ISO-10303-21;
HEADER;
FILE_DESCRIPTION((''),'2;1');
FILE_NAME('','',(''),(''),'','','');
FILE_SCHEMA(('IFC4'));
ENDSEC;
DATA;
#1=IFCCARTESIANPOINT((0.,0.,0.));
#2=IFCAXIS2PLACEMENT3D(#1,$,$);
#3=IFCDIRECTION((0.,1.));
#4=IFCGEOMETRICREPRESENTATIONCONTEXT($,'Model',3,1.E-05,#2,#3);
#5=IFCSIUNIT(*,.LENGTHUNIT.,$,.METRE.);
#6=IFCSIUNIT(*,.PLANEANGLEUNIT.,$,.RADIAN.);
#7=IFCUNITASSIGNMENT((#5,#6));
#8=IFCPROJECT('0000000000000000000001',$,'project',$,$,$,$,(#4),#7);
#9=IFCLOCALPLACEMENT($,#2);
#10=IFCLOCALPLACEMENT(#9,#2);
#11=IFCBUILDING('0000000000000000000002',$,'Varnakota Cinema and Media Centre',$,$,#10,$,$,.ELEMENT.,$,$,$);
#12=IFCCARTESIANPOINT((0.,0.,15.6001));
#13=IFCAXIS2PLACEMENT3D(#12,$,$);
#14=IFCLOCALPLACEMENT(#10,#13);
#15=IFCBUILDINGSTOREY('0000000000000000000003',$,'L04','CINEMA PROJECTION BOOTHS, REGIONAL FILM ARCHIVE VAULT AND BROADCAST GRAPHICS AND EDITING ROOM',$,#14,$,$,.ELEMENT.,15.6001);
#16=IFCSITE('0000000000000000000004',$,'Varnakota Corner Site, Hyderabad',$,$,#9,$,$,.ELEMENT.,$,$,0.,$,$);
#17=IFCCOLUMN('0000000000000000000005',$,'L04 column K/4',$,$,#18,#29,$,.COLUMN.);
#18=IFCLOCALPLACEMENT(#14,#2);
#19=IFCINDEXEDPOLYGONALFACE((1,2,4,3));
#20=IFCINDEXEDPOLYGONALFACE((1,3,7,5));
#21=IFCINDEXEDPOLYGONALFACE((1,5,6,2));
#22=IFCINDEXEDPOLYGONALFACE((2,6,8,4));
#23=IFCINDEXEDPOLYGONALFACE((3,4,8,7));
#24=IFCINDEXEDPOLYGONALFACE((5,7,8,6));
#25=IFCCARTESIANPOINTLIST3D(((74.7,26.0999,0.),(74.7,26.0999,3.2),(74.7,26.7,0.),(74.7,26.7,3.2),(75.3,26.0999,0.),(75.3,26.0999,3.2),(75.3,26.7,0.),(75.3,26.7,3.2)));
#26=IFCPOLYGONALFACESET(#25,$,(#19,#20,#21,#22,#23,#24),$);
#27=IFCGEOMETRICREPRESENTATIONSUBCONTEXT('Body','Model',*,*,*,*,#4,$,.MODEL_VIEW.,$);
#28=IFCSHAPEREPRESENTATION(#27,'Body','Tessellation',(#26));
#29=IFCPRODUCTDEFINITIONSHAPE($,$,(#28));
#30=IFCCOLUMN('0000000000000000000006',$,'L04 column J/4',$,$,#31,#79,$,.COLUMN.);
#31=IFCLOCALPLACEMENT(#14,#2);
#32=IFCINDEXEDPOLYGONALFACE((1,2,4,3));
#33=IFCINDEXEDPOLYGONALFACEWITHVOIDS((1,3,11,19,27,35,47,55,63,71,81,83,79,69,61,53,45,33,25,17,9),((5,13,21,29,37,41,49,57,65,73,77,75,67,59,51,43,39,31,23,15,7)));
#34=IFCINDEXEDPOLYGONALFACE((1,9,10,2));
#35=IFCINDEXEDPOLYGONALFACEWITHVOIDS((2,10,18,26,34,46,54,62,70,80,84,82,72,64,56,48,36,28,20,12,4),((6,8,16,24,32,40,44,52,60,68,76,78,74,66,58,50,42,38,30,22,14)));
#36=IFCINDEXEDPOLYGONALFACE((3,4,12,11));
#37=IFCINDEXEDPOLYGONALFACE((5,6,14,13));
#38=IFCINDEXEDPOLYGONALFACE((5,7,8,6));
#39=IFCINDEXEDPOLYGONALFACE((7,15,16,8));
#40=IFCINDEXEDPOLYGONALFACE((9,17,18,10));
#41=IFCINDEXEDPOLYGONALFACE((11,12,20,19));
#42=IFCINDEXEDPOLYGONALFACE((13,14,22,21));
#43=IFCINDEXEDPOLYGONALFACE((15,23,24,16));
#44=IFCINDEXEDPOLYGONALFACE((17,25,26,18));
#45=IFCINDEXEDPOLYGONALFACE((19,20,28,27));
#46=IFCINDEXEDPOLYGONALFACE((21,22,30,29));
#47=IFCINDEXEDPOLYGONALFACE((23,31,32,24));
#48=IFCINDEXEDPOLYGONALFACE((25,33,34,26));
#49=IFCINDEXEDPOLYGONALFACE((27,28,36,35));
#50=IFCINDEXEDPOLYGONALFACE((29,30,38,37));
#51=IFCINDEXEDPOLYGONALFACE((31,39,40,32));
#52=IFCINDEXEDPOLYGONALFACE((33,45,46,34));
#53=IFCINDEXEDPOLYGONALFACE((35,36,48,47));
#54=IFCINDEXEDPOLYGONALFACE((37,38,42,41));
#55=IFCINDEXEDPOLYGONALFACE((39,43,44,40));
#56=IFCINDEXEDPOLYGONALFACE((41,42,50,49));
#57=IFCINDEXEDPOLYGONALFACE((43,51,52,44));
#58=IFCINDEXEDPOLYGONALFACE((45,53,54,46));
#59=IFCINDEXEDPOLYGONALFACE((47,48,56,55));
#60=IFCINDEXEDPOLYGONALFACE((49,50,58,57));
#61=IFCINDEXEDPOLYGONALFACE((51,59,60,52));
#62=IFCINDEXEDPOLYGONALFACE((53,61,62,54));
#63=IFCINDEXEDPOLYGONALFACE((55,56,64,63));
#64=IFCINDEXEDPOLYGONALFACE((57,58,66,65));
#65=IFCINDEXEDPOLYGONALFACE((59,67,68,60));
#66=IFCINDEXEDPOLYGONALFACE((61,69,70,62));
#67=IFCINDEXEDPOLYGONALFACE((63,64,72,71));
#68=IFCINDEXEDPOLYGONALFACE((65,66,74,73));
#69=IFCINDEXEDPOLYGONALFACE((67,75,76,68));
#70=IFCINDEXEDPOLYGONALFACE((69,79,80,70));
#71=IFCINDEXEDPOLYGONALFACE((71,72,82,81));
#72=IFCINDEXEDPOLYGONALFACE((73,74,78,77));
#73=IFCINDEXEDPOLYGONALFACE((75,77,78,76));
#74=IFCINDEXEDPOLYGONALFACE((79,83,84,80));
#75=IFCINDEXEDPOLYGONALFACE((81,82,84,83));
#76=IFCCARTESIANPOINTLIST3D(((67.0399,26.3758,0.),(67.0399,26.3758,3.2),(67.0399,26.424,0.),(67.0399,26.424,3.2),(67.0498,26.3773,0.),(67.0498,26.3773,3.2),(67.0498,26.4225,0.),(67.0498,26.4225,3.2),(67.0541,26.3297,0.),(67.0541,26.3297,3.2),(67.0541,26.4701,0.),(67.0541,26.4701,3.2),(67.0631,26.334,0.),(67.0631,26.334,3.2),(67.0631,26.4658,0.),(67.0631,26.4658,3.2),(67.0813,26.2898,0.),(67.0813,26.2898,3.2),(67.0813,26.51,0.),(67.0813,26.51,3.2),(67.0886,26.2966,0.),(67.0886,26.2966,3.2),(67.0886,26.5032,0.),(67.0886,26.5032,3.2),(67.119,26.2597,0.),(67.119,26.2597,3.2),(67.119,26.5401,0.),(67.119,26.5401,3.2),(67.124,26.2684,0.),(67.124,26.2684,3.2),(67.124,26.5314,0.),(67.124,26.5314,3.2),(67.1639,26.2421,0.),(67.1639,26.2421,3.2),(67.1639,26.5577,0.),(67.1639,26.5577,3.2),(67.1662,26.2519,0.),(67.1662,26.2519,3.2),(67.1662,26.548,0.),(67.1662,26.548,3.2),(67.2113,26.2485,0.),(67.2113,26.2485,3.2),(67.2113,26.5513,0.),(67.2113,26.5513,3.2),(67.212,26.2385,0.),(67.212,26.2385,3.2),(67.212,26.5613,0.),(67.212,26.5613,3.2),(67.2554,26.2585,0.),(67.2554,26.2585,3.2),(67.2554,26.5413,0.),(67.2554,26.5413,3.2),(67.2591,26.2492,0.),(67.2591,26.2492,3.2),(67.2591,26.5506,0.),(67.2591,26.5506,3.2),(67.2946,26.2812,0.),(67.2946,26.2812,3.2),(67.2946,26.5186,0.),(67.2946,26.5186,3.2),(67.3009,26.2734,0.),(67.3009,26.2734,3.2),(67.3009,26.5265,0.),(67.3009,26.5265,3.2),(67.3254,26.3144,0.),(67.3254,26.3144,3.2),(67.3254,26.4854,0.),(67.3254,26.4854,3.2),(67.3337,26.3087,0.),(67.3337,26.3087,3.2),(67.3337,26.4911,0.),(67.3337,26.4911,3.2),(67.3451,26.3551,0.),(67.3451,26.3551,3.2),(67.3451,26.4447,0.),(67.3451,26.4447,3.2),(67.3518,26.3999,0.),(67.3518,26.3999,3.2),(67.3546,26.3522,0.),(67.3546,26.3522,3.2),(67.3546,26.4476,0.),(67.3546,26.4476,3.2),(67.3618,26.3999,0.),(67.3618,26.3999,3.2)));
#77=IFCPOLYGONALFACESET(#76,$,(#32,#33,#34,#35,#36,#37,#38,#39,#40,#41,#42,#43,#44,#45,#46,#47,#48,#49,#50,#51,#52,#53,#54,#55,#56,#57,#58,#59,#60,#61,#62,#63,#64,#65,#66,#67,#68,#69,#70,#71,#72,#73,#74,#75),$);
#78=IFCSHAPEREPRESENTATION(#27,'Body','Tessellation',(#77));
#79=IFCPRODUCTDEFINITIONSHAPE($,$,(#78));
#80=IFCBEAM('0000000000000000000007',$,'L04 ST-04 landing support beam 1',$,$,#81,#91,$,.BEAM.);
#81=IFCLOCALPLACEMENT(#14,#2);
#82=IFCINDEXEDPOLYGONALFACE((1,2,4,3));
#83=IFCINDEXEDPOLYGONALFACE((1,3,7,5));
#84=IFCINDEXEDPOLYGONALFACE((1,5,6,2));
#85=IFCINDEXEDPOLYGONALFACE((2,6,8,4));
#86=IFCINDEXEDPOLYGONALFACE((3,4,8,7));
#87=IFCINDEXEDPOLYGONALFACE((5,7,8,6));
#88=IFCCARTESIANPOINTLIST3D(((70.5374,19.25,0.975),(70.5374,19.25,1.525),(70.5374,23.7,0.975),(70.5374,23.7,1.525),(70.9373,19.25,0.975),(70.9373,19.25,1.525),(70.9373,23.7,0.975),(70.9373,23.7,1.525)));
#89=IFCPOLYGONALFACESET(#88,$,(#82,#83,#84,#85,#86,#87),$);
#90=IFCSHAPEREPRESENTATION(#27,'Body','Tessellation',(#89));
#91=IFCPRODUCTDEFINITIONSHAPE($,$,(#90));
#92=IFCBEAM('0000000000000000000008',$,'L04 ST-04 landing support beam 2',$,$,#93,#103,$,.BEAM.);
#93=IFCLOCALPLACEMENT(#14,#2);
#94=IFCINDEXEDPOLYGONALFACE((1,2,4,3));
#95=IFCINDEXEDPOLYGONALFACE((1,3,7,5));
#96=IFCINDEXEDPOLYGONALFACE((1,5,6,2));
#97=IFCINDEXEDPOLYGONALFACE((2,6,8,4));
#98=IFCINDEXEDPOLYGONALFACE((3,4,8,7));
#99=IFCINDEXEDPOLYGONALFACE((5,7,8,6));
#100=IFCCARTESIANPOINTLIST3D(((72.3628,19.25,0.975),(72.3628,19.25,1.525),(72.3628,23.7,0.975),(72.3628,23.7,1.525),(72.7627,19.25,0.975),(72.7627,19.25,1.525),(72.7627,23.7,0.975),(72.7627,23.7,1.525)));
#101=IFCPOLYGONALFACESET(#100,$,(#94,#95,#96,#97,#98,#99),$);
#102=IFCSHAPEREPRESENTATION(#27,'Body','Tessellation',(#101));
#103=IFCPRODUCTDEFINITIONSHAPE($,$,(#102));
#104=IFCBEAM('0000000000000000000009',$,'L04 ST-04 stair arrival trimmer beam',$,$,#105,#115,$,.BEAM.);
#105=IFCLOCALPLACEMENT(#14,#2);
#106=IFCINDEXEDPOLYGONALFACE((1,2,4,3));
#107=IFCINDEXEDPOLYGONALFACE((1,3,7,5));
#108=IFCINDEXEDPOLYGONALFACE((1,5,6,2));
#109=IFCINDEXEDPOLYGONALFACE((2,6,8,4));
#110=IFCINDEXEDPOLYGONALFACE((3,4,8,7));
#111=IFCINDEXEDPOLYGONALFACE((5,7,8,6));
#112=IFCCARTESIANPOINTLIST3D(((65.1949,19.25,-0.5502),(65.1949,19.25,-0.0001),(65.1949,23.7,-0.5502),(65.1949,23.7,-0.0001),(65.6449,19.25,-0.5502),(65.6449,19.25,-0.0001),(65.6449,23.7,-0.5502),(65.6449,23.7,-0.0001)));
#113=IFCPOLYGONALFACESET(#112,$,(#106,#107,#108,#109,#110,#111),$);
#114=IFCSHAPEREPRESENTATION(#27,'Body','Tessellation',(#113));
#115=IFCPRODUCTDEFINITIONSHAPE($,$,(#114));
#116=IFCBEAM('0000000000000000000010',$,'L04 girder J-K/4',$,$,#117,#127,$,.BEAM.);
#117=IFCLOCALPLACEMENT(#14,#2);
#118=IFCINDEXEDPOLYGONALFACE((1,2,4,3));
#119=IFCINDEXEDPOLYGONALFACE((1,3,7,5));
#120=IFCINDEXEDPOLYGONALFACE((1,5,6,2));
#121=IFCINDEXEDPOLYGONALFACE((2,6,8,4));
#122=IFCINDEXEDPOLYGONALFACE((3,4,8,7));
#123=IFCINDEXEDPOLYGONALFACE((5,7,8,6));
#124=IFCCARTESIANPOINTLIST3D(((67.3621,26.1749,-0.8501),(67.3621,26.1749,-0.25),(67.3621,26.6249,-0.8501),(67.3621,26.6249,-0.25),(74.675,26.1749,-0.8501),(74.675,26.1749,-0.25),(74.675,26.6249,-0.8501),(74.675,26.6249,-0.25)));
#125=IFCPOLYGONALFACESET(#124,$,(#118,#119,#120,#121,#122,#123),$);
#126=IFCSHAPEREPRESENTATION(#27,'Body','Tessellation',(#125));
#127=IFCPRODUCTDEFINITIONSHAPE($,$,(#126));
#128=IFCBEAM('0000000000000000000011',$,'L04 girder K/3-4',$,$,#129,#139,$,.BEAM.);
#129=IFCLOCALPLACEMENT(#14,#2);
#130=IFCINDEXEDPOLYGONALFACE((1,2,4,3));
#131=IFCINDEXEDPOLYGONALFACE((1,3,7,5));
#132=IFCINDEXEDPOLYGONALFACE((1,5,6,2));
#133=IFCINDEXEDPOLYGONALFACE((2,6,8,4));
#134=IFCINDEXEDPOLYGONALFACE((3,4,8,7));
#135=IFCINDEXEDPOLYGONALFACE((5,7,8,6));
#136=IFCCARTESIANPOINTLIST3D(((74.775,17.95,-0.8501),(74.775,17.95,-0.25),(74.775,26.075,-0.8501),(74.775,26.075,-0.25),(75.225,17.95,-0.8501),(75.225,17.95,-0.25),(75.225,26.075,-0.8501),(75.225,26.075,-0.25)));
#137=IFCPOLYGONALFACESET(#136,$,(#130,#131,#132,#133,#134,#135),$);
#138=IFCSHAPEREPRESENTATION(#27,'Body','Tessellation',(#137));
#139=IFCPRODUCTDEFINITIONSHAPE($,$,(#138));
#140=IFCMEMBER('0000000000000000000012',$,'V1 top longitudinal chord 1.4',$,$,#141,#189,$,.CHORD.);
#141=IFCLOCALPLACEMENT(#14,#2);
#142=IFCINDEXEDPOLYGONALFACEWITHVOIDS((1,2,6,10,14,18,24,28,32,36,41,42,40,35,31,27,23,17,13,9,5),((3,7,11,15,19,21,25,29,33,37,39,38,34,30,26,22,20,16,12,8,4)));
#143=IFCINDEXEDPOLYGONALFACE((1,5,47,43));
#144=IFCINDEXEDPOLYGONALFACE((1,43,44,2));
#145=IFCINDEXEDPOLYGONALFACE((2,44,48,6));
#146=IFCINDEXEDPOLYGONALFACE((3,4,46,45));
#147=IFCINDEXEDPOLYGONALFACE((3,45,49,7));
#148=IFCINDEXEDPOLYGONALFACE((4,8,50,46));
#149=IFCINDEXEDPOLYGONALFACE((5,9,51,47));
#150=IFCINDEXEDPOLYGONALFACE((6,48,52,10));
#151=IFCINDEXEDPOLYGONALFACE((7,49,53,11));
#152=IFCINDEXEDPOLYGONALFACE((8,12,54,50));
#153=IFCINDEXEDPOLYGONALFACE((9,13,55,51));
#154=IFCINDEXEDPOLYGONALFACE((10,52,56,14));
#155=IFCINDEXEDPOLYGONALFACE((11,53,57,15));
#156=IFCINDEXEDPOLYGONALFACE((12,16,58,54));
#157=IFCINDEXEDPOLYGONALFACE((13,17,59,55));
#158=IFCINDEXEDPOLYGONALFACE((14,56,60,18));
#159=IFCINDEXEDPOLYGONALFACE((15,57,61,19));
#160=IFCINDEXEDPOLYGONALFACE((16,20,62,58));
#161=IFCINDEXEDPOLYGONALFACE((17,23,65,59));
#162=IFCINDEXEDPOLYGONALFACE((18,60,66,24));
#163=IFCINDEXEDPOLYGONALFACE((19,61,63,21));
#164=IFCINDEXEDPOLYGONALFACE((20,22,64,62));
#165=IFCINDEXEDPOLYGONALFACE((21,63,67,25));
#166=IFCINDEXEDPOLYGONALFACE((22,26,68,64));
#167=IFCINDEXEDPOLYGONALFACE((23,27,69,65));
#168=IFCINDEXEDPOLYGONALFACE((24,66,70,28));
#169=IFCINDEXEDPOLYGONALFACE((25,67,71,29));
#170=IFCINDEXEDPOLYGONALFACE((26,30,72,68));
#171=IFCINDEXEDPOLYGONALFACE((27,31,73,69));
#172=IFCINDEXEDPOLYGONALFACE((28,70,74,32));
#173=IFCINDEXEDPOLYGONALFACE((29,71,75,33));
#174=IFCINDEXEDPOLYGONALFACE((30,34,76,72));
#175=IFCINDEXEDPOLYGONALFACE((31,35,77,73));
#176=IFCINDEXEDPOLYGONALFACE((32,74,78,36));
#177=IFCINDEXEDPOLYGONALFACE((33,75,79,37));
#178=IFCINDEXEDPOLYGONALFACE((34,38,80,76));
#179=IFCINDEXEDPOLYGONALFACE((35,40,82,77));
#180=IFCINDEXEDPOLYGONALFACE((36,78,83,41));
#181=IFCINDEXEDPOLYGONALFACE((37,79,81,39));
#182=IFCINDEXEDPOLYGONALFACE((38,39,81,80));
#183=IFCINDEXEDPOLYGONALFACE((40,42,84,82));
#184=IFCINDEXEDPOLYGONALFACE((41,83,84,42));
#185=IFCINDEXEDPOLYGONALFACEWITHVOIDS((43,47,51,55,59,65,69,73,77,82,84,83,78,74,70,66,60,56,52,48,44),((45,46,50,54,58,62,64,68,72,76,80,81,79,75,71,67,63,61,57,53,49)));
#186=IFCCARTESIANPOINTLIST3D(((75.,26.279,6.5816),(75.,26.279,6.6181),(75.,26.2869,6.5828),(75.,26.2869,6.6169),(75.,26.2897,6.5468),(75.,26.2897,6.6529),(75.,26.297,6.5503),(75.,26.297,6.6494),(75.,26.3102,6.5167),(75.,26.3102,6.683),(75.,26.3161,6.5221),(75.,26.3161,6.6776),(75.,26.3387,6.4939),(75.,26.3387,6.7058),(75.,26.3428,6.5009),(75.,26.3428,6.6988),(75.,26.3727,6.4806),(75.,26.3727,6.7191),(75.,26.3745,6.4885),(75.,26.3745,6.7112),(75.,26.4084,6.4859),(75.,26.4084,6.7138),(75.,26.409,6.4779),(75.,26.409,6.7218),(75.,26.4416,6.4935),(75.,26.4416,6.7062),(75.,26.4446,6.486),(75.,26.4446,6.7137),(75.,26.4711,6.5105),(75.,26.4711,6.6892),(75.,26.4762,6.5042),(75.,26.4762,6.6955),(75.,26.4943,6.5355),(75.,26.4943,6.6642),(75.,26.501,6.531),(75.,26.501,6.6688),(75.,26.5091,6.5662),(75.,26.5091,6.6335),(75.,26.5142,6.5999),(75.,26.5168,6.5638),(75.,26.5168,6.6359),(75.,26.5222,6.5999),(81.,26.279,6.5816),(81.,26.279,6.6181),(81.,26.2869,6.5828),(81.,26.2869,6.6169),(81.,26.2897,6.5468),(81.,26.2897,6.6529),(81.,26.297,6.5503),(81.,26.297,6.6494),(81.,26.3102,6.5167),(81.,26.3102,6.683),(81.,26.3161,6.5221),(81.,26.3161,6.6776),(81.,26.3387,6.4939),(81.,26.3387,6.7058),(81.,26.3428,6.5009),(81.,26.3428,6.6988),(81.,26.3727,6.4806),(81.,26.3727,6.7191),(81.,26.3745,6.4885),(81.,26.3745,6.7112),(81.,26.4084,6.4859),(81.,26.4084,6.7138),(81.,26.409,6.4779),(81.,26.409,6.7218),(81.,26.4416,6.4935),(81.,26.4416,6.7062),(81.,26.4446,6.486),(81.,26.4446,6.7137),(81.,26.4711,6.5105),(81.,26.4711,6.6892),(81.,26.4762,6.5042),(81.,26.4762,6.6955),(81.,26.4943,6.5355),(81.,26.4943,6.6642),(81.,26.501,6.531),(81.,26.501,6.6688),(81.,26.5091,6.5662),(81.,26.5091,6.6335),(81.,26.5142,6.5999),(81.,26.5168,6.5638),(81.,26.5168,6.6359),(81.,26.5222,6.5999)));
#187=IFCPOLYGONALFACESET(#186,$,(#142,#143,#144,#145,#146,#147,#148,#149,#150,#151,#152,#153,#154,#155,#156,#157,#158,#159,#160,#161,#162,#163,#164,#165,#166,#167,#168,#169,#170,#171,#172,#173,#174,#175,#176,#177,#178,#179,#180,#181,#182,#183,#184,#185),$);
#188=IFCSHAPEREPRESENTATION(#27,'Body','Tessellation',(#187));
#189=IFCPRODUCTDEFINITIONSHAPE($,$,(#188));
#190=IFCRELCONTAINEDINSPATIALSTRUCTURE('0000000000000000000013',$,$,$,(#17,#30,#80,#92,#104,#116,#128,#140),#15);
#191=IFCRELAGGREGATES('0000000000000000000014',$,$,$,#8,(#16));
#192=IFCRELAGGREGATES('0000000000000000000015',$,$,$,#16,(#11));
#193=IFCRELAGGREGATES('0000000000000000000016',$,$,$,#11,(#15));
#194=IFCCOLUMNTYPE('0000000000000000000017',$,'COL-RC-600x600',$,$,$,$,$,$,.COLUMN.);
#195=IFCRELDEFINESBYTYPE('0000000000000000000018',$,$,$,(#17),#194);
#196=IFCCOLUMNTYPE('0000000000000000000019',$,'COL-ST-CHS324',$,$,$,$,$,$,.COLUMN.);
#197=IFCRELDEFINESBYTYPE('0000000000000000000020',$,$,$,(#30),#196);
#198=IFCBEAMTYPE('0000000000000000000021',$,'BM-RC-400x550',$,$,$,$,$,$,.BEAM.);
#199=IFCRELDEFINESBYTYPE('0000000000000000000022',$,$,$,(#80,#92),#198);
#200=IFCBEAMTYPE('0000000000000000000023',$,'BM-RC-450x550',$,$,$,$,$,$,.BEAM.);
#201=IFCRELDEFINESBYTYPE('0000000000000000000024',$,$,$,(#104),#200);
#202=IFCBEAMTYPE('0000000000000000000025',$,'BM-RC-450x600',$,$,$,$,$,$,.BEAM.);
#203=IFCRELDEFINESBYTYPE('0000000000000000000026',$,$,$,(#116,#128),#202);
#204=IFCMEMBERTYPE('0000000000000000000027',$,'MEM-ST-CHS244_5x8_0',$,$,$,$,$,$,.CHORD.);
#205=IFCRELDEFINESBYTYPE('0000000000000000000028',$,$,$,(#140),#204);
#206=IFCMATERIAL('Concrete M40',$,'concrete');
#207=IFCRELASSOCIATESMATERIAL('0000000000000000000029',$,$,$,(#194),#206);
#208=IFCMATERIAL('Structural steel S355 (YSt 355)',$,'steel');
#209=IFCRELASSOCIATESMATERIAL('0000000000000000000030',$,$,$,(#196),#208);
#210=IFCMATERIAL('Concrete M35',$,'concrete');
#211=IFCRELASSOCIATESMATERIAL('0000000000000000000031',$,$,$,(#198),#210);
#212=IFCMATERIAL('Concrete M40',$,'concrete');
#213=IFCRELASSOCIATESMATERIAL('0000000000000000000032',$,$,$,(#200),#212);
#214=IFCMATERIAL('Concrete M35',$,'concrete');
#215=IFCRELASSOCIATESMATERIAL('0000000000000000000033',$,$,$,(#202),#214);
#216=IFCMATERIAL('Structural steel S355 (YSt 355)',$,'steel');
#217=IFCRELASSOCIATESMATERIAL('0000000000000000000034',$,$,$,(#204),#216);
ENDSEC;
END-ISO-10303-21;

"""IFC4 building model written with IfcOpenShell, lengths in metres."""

from ifc_helpers import new_model, si_unit, direction, frame, origin, origin_2d, place, context, subcontext, project, spatial, rectangle, hollow_circle, extrude, material, material_profile, profile_set, type_object, element, save


model = new_model("IFC4")

# Units and contexts
model_context = context("Model", 3, precision=1e-05, world=origin(), true_north=direction((0.0, 1.0)))
body_context = subcontext(model_context, "Body", "Model", "MODEL_VIEW")
ifc_project = project(units=[si_unit("LENGTHUNIT", "METRE"), si_unit("PLANEANGLEUNIT", "RADIAN")], contexts=[model_context])

# Site, building, storey
site_placement = place(None, origin())
site = spatial("IfcSite", under=ifc_project, at=site_placement, Name="Varnakota Corner Site, Hyderabad", CompositionType="ELEMENT", RefElevation=0.0)
building_placement = place(site_placement, origin())
building = spatial("IfcBuilding", under=site, at=building_placement, Name="Varnakota Cinema and Media Centre", CompositionType="ELEMENT")
storey_placement = place(building_placement, frame((0.0, 0.0, 15.6001)))
storey = spatial("IfcBuildingStorey", under=building, at=storey_placement, Name="L04", Description="CINEMA PROJECTION BOOTHS, REGIONAL FILM ARCHIVE VAULT AND BROADCAST GRAPHICS AND EDITING ROOM", CompositionType="ELEMENT", Elevation=15.6001)

# Columns
ifc_material_1 = material(Name="Concrete M40", Category="concrete")
ifc_material_profile_1 = material_profile(ifc_material_1, rectangle(XDim=0.6001, YDim=0.6001, at=origin_2d()), Name="RC 600x600")
ifc_profile_set_1 = profile_set([ifc_material_profile_1], Name="Concrete M40")
column_type_1 = type_object("IfcColumnType", Name="COL-RC-600x600", PredefinedType="COLUMN", material=ifc_profile_set_1)
column_1_placement = place(storey_placement, frame((75.0, 26.3999, 0.0), z_axis=(0.0, 0.0, 1.0), x_axis=(1.0, 0.0, 0.0)))
element("IfcColumn", 1, at=column_1_placement, inside=storey, type_object=column_type_1, Name="L04 column K/4", PredefinedType="COLUMN", context=body_context, shape_type="SweptSolid", body=[
    extrude(rectangle(XDim=0.6001, YDim=0.6001, at=origin_2d()), origin(), (0.0, 0.0, 1.0), 3.2),
])
ifc_material_2 = material(Name="Structural steel S355 (YSt 355)", Category="steel")
ifc_material_profile_2 = material_profile(ifc_material_2, hollow_circle(Radius=0.1619, WallThickness=0.01, at=origin_2d()), Name="CHS 323.9x10.0")
ifc_profile_set_2 = profile_set([ifc_material_profile_2], Name="Structural steel S355 (YSt 355)")
column_type_2 = type_object("IfcColumnType", Name="COL-ST-CHS324", PredefinedType="COLUMN", material=ifc_profile_set_2)
column_2_placement = place(storey_placement, frame((67.2, 26.3999, 0.0), z_axis=(0.0, 0.0, 1.0), x_axis=(1.0, 0.0, 0.0)))
element("IfcColumn", 2, at=column_2_placement, inside=storey, type_object=column_type_2, Name="L04 column J/4", PredefinedType="COLUMN", context=body_context, shape_type="SweptSolid", body=[
    extrude(hollow_circle(Radius=0.1619, WallThickness=0.01, at=origin_2d()), origin(), (0.0, 0.0, 1.0), 3.2),
])

# Beams
ifc_material_3 = material(Name="Concrete M35", Category="concrete")
ifc_material_profile_3 = material_profile(ifc_material_3, rectangle(XDim=0.3999, YDim=0.55, at=origin_2d()), Name="RCB 400x550")
ifc_profile_set_3 = profile_set([ifc_material_profile_3], Name="Concrete M35")
beam_type_1 = type_object("IfcBeamType", Name="BM-RC-400x550", PredefinedType="BEAM", material=ifc_profile_set_3)
for number, where, z_axis, x_axis, name in (
    (3, (70.7373, 19.25, 1.25), (0.0, 1.0, 0.0), (-1.0, 0.0, 0.0), "L04 ST-04 landing support beam 1"),
    (4, (72.5627, 19.25, 1.25), (0.0, 1.0, 0.0), (-1.0, 0.0, 0.0), "L04 ST-04 landing support beam 2"),
):
    element("IfcBeam", number, at=place(storey_placement, frame(where, z_axis=z_axis, x_axis=x_axis)), inside=storey, type_object=beam_type_1, Name=name, PredefinedType="BEAM", context=body_context, shape_type="SweptSolid", body=[
        extrude(rectangle(XDim=0.3999, YDim=0.55, at=origin_2d()), origin(), (0.0, 0.0, 1.0), 4.45),
    ])
ifc_material_4 = material(Name="Concrete M40", Category="concrete")
ifc_material_profile_4 = material_profile(ifc_material_4, rectangle(XDim=0.45, YDim=0.55, at=origin_2d()), Name="RCB 450x550")
ifc_profile_set_4 = profile_set([ifc_material_profile_4], Name="Concrete M40")
beam_type_2 = type_object("IfcBeamType", Name="BM-RC-450x550", PredefinedType="BEAM", material=ifc_profile_set_4)
beam_1_placement = place(storey_placement, frame((65.4199, 19.25, -0.2751), z_axis=(0.0, 1.0, 0.0), x_axis=(-1.0, 0.0, 0.0)))
element("IfcBeam", 5, at=beam_1_placement, inside=storey, type_object=beam_type_2, Name="L04 ST-04 stair arrival trimmer beam", PredefinedType="BEAM", context=body_context, shape_type="SweptSolid", body=[
    extrude(rectangle(XDim=0.45, YDim=0.55, at=origin_2d()), origin(), (0.0, 0.0, 1.0), 4.45),
])
ifc_material_5 = material(Name="Concrete M35", Category="concrete")
ifc_material_profile_5 = material_profile(ifc_material_5, rectangle(XDim=0.45, YDim=0.6001, at=origin_2d()), Name="RCB 450x600")
ifc_profile_set_5 = profile_set([ifc_material_profile_5], Name="Concrete M35")
beam_type_3 = type_object("IfcBeamType", Name="BM-RC-450x600", PredefinedType="BEAM", material=ifc_profile_set_5)
beam_2_placement = place(storey_placement, frame((67.3621, 26.3999, -0.55), z_axis=(1.0, 0.0, 0.0), x_axis=(0.0, 1.0, 0.0)))
element("IfcBeam", 6, at=beam_2_placement, inside=storey, type_object=beam_type_3, Name="L04 girder J-K/4", PredefinedType="BEAM", context=body_context, shape_type="SweptSolid", body=[
    extrude(rectangle(XDim=0.45, YDim=0.6001, at=origin_2d()), origin(), (0.0, 0.0, 1.0), 7.313),
])
beam_3_placement = place(storey_placement, frame((75.0, 17.95, -0.55), z_axis=(0.0, 1.0, 0.0), x_axis=(-1.0, 0.0, 0.0)))
element("IfcBeam", 7, at=beam_3_placement, inside=storey, type_object=beam_type_3, Name="L04 girder K/3-4", PredefinedType="BEAM", context=body_context, shape_type="SweptSolid", body=[
    extrude(rectangle(XDim=0.45, YDim=0.6001, at=origin_2d()), origin(), (0.0, 0.0, 1.0), 8.125),
])

# Member
ifc_material_6 = material(Name="Structural steel S355 (YSt 355)", Category="steel")
ifc_material_profile_6 = material_profile(ifc_material_6, hollow_circle(Radius=0.1223, WallThickness=0.0081, at=origin_2d()), Name="CHS 244.5x8.0")
ifc_profile_set_6 = profile_set([ifc_material_profile_6], Name="Structural steel S355 (YSt 355)")
member_type_1 = type_object("IfcMemberType", Name="MEM-ST-CHS244_5x8_0", PredefinedType="CHORD", material=ifc_profile_set_6)
member_1_placement = place(storey_placement, frame((75.0, 26.3999, 6.5999), z_axis=(1.0, 0.0, 0.0), x_axis=(0.0, 1.0, 0.0)))
element("IfcMember", 8, at=member_1_placement, inside=storey, type_object=member_type_1, Name="V1 top longitudinal chord 1.4", PredefinedType="CHORD", context=body_context, shape_type="SweptSolid", body=[
    extrude(hollow_circle(Radius=0.1223, WallThickness=0.0081, at=origin_2d()), origin(), (0.0, 0.0, 1.0), 6.0),
])

save(model, "model.ifc")
